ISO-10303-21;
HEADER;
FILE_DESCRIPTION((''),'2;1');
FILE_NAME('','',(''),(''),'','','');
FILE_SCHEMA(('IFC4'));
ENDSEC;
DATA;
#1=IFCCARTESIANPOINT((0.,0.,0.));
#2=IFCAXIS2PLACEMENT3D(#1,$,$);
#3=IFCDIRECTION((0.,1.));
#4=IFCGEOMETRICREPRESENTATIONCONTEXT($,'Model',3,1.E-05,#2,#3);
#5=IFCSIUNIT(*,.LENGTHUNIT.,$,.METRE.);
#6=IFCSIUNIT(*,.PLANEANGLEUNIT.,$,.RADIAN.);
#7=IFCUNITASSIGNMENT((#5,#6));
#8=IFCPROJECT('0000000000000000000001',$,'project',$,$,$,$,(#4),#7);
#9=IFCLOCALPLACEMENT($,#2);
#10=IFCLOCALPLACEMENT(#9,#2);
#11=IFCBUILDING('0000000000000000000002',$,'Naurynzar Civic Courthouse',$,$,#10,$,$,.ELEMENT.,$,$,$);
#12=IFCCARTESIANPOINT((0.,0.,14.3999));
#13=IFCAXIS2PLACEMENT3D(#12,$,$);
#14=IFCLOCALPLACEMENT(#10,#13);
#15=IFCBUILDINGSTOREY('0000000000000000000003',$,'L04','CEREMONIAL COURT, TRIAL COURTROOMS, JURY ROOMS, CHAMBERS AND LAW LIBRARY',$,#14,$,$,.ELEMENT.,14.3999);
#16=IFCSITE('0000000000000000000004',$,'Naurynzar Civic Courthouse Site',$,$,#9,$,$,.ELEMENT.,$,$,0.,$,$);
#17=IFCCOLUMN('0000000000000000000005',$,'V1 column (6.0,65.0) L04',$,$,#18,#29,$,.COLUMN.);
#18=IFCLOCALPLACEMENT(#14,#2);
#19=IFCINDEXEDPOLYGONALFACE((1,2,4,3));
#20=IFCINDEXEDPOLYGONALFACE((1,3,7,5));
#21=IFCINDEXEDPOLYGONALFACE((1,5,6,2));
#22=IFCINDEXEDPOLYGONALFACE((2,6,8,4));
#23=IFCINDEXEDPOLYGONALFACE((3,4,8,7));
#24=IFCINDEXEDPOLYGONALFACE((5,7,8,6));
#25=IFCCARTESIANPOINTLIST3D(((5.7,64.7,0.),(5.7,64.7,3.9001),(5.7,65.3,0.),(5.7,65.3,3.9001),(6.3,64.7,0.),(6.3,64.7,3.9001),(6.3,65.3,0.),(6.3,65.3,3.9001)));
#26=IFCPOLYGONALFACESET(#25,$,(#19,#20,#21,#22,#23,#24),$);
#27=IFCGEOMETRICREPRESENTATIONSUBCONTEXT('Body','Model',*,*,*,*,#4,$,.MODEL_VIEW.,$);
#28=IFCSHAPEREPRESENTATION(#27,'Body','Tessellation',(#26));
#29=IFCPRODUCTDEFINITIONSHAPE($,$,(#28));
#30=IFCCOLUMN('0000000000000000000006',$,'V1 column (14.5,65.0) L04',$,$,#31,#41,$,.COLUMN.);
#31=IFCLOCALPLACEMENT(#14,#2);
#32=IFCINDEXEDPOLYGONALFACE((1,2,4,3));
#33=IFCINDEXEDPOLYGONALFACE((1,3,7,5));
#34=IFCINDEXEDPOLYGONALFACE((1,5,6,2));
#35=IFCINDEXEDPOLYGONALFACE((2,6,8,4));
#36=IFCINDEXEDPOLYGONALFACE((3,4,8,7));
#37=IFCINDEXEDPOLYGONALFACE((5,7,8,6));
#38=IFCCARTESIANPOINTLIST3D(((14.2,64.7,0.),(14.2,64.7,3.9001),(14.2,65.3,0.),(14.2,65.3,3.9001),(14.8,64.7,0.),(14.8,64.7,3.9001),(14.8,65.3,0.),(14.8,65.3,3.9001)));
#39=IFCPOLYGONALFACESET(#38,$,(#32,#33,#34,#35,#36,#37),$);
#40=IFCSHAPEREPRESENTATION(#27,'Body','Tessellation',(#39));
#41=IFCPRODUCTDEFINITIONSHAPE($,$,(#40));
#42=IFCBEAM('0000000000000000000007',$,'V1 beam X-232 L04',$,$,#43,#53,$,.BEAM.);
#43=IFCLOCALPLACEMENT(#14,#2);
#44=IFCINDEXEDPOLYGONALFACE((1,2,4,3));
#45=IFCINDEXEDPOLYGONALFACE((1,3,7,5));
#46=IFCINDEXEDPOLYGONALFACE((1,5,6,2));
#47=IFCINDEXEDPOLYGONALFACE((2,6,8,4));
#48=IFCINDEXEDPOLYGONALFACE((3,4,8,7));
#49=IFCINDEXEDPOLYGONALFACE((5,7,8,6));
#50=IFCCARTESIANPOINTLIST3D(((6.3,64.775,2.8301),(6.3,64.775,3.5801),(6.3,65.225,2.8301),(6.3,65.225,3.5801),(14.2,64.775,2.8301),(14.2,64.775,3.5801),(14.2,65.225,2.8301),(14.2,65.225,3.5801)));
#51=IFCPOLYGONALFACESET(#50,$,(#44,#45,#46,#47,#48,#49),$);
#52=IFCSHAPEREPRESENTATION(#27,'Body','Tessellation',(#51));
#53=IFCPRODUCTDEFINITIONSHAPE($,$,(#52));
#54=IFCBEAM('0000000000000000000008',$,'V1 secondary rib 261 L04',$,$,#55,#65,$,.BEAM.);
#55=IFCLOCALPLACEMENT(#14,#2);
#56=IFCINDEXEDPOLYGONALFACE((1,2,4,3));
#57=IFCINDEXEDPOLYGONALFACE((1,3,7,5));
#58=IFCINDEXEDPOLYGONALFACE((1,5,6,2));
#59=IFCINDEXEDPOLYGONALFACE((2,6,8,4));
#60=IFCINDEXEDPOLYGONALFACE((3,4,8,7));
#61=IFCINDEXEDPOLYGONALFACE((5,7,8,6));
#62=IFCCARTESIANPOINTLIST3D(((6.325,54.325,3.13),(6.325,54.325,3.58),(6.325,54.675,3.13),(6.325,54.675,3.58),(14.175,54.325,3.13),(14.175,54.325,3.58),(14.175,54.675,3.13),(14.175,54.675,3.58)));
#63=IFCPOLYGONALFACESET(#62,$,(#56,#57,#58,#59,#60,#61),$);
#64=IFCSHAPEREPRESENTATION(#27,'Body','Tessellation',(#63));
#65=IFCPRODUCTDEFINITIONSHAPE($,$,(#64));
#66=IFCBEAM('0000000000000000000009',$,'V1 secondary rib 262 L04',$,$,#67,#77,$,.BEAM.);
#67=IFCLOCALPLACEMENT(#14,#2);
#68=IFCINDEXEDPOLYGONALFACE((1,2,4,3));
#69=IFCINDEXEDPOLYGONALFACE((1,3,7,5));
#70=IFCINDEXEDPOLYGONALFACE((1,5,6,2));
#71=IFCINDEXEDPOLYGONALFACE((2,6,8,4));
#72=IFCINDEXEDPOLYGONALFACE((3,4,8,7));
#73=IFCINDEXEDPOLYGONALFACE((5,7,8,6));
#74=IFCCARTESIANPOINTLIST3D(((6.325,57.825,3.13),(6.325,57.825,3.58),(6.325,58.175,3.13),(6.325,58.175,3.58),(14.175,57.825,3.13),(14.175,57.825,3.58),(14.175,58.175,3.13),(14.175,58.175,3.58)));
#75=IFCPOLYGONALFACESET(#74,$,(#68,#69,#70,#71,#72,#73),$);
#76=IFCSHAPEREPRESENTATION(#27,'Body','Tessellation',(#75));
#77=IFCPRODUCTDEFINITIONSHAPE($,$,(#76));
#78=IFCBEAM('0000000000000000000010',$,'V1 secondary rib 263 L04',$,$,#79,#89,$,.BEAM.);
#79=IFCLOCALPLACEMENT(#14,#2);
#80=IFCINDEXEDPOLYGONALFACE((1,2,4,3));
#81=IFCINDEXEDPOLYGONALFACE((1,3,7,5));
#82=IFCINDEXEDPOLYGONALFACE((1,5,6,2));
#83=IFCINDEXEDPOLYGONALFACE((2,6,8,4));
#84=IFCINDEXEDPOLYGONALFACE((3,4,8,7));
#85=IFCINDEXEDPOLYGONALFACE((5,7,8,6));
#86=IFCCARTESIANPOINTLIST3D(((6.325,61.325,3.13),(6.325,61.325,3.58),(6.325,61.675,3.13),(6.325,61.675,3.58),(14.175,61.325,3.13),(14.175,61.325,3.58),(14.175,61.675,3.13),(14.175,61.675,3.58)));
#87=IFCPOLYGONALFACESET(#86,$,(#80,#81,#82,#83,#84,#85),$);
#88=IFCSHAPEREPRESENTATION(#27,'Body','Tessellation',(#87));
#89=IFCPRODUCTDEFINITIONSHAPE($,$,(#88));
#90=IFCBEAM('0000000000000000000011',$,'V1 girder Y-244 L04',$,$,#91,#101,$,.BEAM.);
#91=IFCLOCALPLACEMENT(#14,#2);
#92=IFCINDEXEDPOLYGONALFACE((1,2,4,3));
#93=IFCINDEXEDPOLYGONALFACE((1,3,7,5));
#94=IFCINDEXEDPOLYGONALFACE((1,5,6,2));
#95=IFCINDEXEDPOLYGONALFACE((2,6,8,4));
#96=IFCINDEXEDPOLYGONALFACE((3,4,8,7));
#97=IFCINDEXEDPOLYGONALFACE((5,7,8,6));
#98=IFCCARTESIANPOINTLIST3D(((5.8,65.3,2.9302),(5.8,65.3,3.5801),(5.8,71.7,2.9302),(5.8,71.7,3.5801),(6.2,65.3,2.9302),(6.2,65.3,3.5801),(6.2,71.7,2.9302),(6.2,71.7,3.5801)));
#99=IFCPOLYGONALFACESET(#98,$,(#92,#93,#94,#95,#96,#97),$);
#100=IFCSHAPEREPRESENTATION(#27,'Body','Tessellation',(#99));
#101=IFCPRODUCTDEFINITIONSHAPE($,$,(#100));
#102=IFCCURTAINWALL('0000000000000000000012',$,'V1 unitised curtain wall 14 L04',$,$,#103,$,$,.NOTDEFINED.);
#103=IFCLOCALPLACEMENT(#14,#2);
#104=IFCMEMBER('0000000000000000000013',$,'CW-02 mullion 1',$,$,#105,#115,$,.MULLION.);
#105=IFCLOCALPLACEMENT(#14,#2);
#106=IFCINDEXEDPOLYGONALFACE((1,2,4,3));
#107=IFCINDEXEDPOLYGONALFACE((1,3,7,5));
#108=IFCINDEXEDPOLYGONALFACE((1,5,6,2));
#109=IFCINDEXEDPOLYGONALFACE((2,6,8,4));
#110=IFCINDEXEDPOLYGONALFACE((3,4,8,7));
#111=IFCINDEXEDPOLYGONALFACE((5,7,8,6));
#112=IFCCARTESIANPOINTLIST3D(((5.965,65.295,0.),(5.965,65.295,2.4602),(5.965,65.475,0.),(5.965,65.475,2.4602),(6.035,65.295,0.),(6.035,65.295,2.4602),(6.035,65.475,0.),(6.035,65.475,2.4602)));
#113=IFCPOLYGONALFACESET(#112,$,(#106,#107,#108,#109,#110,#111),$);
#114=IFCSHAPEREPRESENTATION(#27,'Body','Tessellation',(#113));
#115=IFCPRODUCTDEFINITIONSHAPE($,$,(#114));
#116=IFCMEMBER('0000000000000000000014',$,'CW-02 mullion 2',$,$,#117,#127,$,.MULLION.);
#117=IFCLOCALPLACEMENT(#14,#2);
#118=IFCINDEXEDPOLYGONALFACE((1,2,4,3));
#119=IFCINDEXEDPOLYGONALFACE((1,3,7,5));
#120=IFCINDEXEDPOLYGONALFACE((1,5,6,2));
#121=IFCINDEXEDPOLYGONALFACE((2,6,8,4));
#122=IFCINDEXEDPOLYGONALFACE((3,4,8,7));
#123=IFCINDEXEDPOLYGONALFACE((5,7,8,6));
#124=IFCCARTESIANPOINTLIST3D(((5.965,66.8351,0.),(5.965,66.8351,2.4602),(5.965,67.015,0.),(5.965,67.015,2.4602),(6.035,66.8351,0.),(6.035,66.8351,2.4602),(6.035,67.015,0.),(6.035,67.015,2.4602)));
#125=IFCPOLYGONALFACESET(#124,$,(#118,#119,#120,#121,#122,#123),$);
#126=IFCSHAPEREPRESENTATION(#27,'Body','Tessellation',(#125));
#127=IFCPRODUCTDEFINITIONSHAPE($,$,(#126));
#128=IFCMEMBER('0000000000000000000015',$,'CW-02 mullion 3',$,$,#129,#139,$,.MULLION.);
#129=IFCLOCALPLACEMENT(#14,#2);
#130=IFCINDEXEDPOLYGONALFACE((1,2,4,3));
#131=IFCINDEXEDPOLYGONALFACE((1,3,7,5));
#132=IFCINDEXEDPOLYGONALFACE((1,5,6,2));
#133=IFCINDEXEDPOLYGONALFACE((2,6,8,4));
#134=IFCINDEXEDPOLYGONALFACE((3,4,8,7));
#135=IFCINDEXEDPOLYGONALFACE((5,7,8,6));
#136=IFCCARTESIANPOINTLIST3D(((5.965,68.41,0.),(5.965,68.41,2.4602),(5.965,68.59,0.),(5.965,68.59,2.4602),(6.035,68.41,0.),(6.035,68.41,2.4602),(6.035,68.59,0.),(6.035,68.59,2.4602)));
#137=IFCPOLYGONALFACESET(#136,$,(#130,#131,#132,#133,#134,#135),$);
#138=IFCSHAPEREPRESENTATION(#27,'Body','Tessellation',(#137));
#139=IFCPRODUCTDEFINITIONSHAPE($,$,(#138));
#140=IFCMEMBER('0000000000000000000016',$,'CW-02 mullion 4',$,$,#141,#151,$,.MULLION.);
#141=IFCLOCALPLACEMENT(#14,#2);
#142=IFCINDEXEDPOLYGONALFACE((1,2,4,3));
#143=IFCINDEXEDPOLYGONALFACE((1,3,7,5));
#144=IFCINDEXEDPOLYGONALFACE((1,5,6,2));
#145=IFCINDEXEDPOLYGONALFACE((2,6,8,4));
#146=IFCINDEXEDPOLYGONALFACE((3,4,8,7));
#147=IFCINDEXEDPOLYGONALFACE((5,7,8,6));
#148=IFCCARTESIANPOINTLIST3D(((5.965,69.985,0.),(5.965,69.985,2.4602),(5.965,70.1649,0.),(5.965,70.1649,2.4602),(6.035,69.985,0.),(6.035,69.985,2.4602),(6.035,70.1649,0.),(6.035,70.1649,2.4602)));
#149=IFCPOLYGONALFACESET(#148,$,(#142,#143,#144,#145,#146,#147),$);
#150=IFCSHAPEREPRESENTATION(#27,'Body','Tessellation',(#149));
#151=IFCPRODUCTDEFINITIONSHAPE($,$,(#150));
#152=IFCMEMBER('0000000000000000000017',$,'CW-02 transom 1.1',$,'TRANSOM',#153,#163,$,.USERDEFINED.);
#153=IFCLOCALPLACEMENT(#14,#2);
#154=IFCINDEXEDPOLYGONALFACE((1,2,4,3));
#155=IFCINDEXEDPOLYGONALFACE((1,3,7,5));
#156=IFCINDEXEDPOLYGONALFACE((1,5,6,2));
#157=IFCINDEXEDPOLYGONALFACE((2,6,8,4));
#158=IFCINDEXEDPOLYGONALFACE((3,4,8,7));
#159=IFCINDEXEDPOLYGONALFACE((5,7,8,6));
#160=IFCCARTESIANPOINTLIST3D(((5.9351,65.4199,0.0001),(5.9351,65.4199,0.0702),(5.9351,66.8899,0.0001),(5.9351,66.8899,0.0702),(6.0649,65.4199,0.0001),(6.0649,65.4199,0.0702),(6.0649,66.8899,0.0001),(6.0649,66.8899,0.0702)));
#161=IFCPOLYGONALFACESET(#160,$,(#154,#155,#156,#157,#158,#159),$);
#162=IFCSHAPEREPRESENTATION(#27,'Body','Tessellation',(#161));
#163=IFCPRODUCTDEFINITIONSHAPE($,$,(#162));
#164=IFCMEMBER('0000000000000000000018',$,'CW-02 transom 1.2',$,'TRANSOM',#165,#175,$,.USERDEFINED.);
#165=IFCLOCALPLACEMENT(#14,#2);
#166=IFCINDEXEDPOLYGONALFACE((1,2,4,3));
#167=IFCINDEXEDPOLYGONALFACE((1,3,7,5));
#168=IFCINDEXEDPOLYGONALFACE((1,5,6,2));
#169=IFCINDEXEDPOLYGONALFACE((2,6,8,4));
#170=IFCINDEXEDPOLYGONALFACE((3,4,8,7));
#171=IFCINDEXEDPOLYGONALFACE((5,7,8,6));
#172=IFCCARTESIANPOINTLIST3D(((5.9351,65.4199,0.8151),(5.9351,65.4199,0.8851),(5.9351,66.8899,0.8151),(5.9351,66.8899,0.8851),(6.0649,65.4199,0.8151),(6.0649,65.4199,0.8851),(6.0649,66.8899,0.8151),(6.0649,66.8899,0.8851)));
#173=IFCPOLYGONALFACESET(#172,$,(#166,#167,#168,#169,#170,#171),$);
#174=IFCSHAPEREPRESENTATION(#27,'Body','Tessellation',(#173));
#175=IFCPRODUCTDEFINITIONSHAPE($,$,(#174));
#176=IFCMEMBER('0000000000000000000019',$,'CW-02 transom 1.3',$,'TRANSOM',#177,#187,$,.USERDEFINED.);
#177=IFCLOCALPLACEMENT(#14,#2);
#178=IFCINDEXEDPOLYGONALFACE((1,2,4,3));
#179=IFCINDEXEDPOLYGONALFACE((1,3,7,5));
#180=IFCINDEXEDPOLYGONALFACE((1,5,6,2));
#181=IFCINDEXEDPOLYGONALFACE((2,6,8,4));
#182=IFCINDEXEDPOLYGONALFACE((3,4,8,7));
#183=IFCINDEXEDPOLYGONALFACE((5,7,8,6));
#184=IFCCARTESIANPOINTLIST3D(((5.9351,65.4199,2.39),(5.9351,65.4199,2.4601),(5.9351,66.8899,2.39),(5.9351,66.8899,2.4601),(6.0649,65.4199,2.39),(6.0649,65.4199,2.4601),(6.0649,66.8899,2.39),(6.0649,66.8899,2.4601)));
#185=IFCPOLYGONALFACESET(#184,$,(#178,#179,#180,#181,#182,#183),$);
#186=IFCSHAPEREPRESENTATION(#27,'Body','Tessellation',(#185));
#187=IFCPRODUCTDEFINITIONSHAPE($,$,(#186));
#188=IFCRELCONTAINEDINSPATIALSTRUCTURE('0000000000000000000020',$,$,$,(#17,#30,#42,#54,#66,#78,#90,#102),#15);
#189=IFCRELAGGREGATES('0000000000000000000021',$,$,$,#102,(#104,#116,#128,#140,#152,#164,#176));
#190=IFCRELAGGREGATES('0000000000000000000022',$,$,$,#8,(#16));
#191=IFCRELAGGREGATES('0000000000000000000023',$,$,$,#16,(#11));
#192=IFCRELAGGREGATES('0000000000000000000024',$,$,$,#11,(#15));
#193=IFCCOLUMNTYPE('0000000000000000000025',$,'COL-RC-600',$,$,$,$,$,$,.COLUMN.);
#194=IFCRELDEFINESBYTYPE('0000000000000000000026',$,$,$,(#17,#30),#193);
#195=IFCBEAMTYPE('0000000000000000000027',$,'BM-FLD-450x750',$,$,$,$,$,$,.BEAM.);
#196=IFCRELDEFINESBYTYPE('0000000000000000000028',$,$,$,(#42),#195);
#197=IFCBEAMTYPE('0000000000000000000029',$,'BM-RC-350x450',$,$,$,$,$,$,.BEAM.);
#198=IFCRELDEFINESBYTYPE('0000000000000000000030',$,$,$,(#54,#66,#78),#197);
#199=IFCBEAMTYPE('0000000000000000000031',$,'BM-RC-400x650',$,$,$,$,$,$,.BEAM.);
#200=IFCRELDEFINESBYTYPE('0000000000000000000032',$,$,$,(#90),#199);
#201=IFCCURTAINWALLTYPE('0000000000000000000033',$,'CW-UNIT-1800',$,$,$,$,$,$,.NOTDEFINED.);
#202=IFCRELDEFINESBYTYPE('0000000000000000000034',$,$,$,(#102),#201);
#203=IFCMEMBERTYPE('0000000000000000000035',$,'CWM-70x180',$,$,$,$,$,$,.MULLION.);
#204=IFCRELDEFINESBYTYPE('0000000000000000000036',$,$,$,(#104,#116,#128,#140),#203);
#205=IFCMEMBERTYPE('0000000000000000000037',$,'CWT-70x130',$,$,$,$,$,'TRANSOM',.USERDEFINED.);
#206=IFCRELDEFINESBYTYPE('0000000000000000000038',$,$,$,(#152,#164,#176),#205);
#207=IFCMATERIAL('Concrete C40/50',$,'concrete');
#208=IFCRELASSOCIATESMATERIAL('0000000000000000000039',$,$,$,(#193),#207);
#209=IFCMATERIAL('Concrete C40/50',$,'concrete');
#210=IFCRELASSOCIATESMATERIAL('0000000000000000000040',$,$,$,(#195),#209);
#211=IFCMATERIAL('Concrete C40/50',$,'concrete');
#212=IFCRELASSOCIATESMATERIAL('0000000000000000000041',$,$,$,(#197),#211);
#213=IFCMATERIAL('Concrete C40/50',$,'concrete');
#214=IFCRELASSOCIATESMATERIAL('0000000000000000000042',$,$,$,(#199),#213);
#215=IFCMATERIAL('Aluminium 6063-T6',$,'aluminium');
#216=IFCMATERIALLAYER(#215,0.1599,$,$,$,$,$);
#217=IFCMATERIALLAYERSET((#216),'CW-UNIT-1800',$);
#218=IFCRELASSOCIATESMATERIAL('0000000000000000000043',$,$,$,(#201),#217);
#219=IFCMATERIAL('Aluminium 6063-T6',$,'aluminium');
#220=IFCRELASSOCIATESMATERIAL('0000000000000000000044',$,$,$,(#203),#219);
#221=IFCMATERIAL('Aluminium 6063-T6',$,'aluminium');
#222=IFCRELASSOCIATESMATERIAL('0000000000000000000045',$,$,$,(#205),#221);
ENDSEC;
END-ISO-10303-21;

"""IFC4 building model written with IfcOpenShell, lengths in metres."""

from ifc_helpers import new_model, si_unit, direction, frame, origin, origin_2d, place, context, subcontext, project, spatial, rectangle, extrude, material, layer, layer_set, material_profile, profile_set, type_object, element, aggregate, save


model = new_model("IFC4")

# Units and contexts
model_context = context("Model", 3, precision=1e-05, world=origin(), true_north=direction((0.0, 1.0)))
body_context = subcontext(model_context, "Body", "Model", "MODEL_VIEW")
ifc_project = project(units=[si_unit("LENGTHUNIT", "METRE"), si_unit("PLANEANGLEUNIT", "RADIAN")], contexts=[model_context])

# Site, building, storey
site_placement = place(None, origin())
site = spatial("IfcSite", under=ifc_project, at=site_placement, Name="Naurynzar Civic Courthouse Site", CompositionType="ELEMENT", RefElevation=0.0)
building_placement = place(site_placement, origin())
building = spatial("IfcBuilding", under=site, at=building_placement, Name="Naurynzar Civic Courthouse", CompositionType="ELEMENT")
storey_placement = place(building_placement, frame((0.0, 0.0, 14.3999)))
storey = spatial("IfcBuildingStorey", under=building, at=storey_placement, Name="L04", Description="CEREMONIAL COURT, TRIAL COURTROOMS, JURY ROOMS, CHAMBERS AND LAW LIBRARY", CompositionType="ELEMENT", Elevation=14.3999)

# Columns
ifc_material_1 = material(Name="Concrete C40/50", Category="concrete")
ifc_material_profile_1 = material_profile(ifc_material_1, rectangle(XDim=0.6001, YDim=0.6001, at=origin_2d()), Name="RC 600x600")
ifc_profile_set_1 = profile_set([ifc_material_profile_1], Name="Concrete C40/50")
column_type = type_object("IfcColumnType", Name="COL-RC-600", PredefinedType="COLUMN", material=ifc_profile_set_1)
for number, where, z_axis, x_axis, name in (
    (1, (6.0, 65.0, 0.0), (0.0, 0.0, 1.0), (1.0, 0.0, 0.0), "V1 column (6.0,65.0) L04"),
    (2, (14.5, 65.0, 0.0), (0.0, 0.0, 1.0), (1.0, 0.0, 0.0), "V1 column (14.5,65.0) L04"),
):
    element("IfcColumn", number, at=place(storey_placement, frame(where, z_axis=z_axis, x_axis=x_axis)), inside=storey, type_object=column_type, Name=name, PredefinedType="COLUMN", context=body_context, shape_type="SweptSolid", body=[
        extrude(rectangle(XDim=0.6001, YDim=0.6001, at=origin_2d()), origin(), (0.0, 0.0, 1.0), 3.9001),
    ])

# Beams
ifc_material_2 = material(Name="Concrete C40/50", Category="concrete")
ifc_material_profile_2 = material_profile(ifc_material_2, rectangle(XDim=0.45, YDim=0.75, at=origin_2d()), Name="RCF 450x750")
ifc_profile_set_2 = profile_set([ifc_material_profile_2], Name="Concrete C40/50")
beam_type_1 = type_object("IfcBeamType", Name="BM-FLD-450x750", PredefinedType="BEAM", material=ifc_profile_set_2)
beam_1_placement = place(storey_placement, frame((6.3, 65.0, 3.2051), z_axis=(1.0, 0.0, 0.0), x_axis=(0.0, 1.0, 0.0)))
element("IfcBeam", 3, at=beam_1_placement, inside=storey, type_object=beam_type_1, Name="V1 beam X-232 L04", PredefinedType="BEAM", context=body_context, shape_type="SweptSolid", body=[
    extrude(rectangle(XDim=0.45, YDim=0.75, at=origin_2d()), origin(), (0.0, 0.0, 1.0), 7.8999),
])
ifc_material_3 = material(Name="Concrete C40/50", Category="concrete")
ifc_material_profile_3 = material_profile(ifc_material_3, rectangle(XDim=0.3501, YDim=0.45, at=origin_2d()), Name="RCB 350x450")
ifc_profile_set_3 = profile_set([ifc_material_profile_3], Name="Concrete C40/50")
beam_type_2 = type_object("IfcBeamType", Name="BM-RC-350x450", PredefinedType="BEAM", material=ifc_profile_set_3)
for number, where, z_axis, x_axis, name in (
    (4, (6.325, 54.5, 3.355), (1.0, 0.0, 0.0), (0.0, 1.0, 0.0), "V1 secondary rib 261 L04"),
    (5, (6.325, 58.0, 3.355), (1.0, 0.0, 0.0), (0.0, 1.0, 0.0), "V1 secondary rib 262 L04"),
    (6, (6.325, 61.5, 3.355), (1.0, 0.0, 0.0), (0.0, 1.0, 0.0), "V1 secondary rib 263 L04"),
):
    element("IfcBeam", number, at=place(storey_placement, frame(where, z_axis=z_axis, x_axis=x_axis)), inside=storey, type_object=beam_type_2, Name=name, PredefinedType="BEAM", context=body_context, shape_type="SweptSolid", body=[
        extrude(rectangle(XDim=0.3501, YDim=0.45, at=origin_2d()), origin(), (0.0, 0.0, 1.0), 7.8501),
    ])
ifc_material_4 = material(Name="Concrete C40/50", Category="concrete")
ifc_material_profile_4 = material_profile(ifc_material_4, rectangle(XDim=0.3999, YDim=0.6499, at=origin_2d()), Name="RCB 400x650")
ifc_profile_set_4 = profile_set([ifc_material_profile_4], Name="Concrete C40/50")
beam_type_3 = type_object("IfcBeamType", Name="BM-RC-400x650", PredefinedType="BEAM", material=ifc_profile_set_4)
beam_2_placement = place(storey_placement, frame((6.0, 65.3, 3.2551), z_axis=(0.0, 1.0, 0.0), x_axis=(-1.0, 0.0, 0.0)))
element("IfcBeam", 7, at=beam_2_placement, inside=storey, type_object=beam_type_3, Name="V1 girder Y-244 L04", PredefinedType="BEAM", context=body_context, shape_type="SweptSolid", body=[
    extrude(rectangle(XDim=0.3999, YDim=0.6499, at=origin_2d()), origin(), (0.0, 0.0, 1.0), 6.3999),
])

# Curtain wall, members
ifc_material_5 = material(Name="Aluminium 6063-T6", Category="aluminium")
ifc_layer_1 = layer(ifc_material_5, 0.1599)
ifc_layer_set_1 = layer_set([ifc_layer_1], Name="CW-UNIT-1800")
curtain_wall_type = type_object("IfcCurtainWallType", Name="CW-UNIT-1800", PredefinedType="NOTDEFINED", material=ifc_layer_set_1)
curtain_wall_placement = place(storey_placement, origin())
curtain_wall = element("IfcCurtainWall", 8, at=curtain_wall_placement, inside=storey, type_object=curtain_wall_type, Name="V1 unitised curtain wall 14 L04", PredefinedType="NOTDEFINED")
ifc_material_6 = material(Name="Aluminium 6063-T6", Category="aluminium")
ifc_material_profile_5 = material_profile(ifc_material_6, rectangle(XDim=0.0701, YDim=0.1799, at=origin_2d()), Name="ALU MULLION 70x180")
ifc_profile_set_5 = profile_set([ifc_material_profile_5], Name="Aluminium 6063-T6")
member_type_1 = type_object("IfcMemberType", Name="CWM-70x180", PredefinedType="MULLION", material=ifc_profile_set_5)
member_1_placement = place(storey_placement, frame((6.0, 65.385, 0.0), z_axis=(0.0, 0.0, 1.0), x_axis=(-1.0, 0.0, 0.0)))
member_1 = element("IfcMember", 9, at=member_1_placement, type_object=member_type_1, Name="CW-02 mullion 1", PredefinedType="MULLION", context=body_context, shape_type="SweptSolid", body=[
    extrude(rectangle(XDim=0.0701, YDim=0.1799, at=origin_2d()), origin(), (0.0, 0.0, 1.0), 2.4602),
])
member_2_placement = place(storey_placement, frame((6.0, 66.925, 0.0), z_axis=(0.0, 0.0, 1.0), x_axis=(-1.0, 0.0, 0.0)))
member_2 = element("IfcMember", 10, at=member_2_placement, type_object=member_type_1, Name="CW-02 mullion 2", PredefinedType="MULLION", context=body_context, shape_type="SweptSolid", body=[
    extrude(rectangle(XDim=0.0701, YDim=0.1799, at=origin_2d()), origin(), (0.0, 0.0, 1.0), 2.4602),
])
member_3_placement = place(storey_placement, frame((6.0, 68.5, 0.0), z_axis=(0.0, 0.0, 1.0), x_axis=(-1.0, 0.0, 0.0)))
member_3 = element("IfcMember", 11, at=member_3_placement, type_object=member_type_1, Name="CW-02 mullion 3", PredefinedType="MULLION", context=body_context, shape_type="SweptSolid", body=[
    extrude(rectangle(XDim=0.0701, YDim=0.1799, at=origin_2d()), origin(), (0.0, 0.0, 1.0), 2.4602),
])
member_4_placement = place(storey_placement, frame((6.0, 70.075, 0.0), z_axis=(0.0, 0.0, 1.0), x_axis=(-1.0, 0.0, 0.0)))
member_4 = element("IfcMember", 12, at=member_4_placement, type_object=member_type_1, Name="CW-02 mullion 4", PredefinedType="MULLION", context=body_context, shape_type="SweptSolid", body=[
    extrude(rectangle(XDim=0.0701, YDim=0.1799, at=origin_2d()), origin(), (0.0, 0.0, 1.0), 2.4602),
])
ifc_material_7 = material(Name="Aluminium 6063-T6", Category="aluminium")
ifc_material_profile_6 = material_profile(ifc_material_7, rectangle(XDim=0.1299, YDim=0.0701, at=origin_2d()), Name="ALU TRANSOM 70x130")
ifc_profile_set_6 = profile_set([ifc_material_profile_6], Name="Aluminium 6063-T6")
member_type_2 = type_object("IfcMemberType", Name="CWT-70x130", ElementType="TRANSOM", PredefinedType="USERDEFINED", material=ifc_profile_set_6)
member_5_placement = place(storey_placement, frame((6.0, 65.4199, 0.0352), z_axis=(0.0, 1.0, 0.0), x_axis=(-1.0, 0.0, 0.0)))
member_5 = element("IfcMember", 13, at=member_5_placement, type_object=member_type_2, Name="CW-02 transom 1.1", ObjectType="TRANSOM", PredefinedType="USERDEFINED", context=body_context, shape_type="SweptSolid", body=[
    extrude(rectangle(XDim=0.1299, YDim=0.0701, at=origin_2d()), origin(), (0.0, 0.0, 1.0), 1.47),
])
member_6_placement = place(storey_placement, frame((6.0, 65.4199, 0.8501), z_axis=(0.0, 1.0, 0.0), x_axis=(-1.0, 0.0, 0.0)))
member_6 = element("IfcMember", 14, at=member_6_placement, type_object=member_type_2, Name="CW-02 transom 1.2", ObjectType="TRANSOM", PredefinedType="USERDEFINED", context=body_context, shape_type="SweptSolid", body=[
    extrude(rectangle(XDim=0.1299, YDim=0.0701, at=origin_2d()), origin(), (0.0, 0.0, 1.0), 1.47),
])
member_7_placement = place(storey_placement, frame((6.0, 65.4199, 2.425), z_axis=(0.0, 1.0, 0.0), x_axis=(-1.0, 0.0, 0.0)))
member_7 = element("IfcMember", 15, at=member_7_placement, type_object=member_type_2, Name="CW-02 transom 1.3", ObjectType="TRANSOM", PredefinedType="USERDEFINED", context=body_context, shape_type="SweptSolid", body=[
    extrude(rectangle(XDim=0.1299, YDim=0.0701, at=origin_2d()), origin(), (0.0, 0.0, 1.0), 1.47),
])
aggregate(curtain_wall, [member_1, member_2, member_3, member_4, member_5, member_6, member_7])

save(model, "model.ifc")
